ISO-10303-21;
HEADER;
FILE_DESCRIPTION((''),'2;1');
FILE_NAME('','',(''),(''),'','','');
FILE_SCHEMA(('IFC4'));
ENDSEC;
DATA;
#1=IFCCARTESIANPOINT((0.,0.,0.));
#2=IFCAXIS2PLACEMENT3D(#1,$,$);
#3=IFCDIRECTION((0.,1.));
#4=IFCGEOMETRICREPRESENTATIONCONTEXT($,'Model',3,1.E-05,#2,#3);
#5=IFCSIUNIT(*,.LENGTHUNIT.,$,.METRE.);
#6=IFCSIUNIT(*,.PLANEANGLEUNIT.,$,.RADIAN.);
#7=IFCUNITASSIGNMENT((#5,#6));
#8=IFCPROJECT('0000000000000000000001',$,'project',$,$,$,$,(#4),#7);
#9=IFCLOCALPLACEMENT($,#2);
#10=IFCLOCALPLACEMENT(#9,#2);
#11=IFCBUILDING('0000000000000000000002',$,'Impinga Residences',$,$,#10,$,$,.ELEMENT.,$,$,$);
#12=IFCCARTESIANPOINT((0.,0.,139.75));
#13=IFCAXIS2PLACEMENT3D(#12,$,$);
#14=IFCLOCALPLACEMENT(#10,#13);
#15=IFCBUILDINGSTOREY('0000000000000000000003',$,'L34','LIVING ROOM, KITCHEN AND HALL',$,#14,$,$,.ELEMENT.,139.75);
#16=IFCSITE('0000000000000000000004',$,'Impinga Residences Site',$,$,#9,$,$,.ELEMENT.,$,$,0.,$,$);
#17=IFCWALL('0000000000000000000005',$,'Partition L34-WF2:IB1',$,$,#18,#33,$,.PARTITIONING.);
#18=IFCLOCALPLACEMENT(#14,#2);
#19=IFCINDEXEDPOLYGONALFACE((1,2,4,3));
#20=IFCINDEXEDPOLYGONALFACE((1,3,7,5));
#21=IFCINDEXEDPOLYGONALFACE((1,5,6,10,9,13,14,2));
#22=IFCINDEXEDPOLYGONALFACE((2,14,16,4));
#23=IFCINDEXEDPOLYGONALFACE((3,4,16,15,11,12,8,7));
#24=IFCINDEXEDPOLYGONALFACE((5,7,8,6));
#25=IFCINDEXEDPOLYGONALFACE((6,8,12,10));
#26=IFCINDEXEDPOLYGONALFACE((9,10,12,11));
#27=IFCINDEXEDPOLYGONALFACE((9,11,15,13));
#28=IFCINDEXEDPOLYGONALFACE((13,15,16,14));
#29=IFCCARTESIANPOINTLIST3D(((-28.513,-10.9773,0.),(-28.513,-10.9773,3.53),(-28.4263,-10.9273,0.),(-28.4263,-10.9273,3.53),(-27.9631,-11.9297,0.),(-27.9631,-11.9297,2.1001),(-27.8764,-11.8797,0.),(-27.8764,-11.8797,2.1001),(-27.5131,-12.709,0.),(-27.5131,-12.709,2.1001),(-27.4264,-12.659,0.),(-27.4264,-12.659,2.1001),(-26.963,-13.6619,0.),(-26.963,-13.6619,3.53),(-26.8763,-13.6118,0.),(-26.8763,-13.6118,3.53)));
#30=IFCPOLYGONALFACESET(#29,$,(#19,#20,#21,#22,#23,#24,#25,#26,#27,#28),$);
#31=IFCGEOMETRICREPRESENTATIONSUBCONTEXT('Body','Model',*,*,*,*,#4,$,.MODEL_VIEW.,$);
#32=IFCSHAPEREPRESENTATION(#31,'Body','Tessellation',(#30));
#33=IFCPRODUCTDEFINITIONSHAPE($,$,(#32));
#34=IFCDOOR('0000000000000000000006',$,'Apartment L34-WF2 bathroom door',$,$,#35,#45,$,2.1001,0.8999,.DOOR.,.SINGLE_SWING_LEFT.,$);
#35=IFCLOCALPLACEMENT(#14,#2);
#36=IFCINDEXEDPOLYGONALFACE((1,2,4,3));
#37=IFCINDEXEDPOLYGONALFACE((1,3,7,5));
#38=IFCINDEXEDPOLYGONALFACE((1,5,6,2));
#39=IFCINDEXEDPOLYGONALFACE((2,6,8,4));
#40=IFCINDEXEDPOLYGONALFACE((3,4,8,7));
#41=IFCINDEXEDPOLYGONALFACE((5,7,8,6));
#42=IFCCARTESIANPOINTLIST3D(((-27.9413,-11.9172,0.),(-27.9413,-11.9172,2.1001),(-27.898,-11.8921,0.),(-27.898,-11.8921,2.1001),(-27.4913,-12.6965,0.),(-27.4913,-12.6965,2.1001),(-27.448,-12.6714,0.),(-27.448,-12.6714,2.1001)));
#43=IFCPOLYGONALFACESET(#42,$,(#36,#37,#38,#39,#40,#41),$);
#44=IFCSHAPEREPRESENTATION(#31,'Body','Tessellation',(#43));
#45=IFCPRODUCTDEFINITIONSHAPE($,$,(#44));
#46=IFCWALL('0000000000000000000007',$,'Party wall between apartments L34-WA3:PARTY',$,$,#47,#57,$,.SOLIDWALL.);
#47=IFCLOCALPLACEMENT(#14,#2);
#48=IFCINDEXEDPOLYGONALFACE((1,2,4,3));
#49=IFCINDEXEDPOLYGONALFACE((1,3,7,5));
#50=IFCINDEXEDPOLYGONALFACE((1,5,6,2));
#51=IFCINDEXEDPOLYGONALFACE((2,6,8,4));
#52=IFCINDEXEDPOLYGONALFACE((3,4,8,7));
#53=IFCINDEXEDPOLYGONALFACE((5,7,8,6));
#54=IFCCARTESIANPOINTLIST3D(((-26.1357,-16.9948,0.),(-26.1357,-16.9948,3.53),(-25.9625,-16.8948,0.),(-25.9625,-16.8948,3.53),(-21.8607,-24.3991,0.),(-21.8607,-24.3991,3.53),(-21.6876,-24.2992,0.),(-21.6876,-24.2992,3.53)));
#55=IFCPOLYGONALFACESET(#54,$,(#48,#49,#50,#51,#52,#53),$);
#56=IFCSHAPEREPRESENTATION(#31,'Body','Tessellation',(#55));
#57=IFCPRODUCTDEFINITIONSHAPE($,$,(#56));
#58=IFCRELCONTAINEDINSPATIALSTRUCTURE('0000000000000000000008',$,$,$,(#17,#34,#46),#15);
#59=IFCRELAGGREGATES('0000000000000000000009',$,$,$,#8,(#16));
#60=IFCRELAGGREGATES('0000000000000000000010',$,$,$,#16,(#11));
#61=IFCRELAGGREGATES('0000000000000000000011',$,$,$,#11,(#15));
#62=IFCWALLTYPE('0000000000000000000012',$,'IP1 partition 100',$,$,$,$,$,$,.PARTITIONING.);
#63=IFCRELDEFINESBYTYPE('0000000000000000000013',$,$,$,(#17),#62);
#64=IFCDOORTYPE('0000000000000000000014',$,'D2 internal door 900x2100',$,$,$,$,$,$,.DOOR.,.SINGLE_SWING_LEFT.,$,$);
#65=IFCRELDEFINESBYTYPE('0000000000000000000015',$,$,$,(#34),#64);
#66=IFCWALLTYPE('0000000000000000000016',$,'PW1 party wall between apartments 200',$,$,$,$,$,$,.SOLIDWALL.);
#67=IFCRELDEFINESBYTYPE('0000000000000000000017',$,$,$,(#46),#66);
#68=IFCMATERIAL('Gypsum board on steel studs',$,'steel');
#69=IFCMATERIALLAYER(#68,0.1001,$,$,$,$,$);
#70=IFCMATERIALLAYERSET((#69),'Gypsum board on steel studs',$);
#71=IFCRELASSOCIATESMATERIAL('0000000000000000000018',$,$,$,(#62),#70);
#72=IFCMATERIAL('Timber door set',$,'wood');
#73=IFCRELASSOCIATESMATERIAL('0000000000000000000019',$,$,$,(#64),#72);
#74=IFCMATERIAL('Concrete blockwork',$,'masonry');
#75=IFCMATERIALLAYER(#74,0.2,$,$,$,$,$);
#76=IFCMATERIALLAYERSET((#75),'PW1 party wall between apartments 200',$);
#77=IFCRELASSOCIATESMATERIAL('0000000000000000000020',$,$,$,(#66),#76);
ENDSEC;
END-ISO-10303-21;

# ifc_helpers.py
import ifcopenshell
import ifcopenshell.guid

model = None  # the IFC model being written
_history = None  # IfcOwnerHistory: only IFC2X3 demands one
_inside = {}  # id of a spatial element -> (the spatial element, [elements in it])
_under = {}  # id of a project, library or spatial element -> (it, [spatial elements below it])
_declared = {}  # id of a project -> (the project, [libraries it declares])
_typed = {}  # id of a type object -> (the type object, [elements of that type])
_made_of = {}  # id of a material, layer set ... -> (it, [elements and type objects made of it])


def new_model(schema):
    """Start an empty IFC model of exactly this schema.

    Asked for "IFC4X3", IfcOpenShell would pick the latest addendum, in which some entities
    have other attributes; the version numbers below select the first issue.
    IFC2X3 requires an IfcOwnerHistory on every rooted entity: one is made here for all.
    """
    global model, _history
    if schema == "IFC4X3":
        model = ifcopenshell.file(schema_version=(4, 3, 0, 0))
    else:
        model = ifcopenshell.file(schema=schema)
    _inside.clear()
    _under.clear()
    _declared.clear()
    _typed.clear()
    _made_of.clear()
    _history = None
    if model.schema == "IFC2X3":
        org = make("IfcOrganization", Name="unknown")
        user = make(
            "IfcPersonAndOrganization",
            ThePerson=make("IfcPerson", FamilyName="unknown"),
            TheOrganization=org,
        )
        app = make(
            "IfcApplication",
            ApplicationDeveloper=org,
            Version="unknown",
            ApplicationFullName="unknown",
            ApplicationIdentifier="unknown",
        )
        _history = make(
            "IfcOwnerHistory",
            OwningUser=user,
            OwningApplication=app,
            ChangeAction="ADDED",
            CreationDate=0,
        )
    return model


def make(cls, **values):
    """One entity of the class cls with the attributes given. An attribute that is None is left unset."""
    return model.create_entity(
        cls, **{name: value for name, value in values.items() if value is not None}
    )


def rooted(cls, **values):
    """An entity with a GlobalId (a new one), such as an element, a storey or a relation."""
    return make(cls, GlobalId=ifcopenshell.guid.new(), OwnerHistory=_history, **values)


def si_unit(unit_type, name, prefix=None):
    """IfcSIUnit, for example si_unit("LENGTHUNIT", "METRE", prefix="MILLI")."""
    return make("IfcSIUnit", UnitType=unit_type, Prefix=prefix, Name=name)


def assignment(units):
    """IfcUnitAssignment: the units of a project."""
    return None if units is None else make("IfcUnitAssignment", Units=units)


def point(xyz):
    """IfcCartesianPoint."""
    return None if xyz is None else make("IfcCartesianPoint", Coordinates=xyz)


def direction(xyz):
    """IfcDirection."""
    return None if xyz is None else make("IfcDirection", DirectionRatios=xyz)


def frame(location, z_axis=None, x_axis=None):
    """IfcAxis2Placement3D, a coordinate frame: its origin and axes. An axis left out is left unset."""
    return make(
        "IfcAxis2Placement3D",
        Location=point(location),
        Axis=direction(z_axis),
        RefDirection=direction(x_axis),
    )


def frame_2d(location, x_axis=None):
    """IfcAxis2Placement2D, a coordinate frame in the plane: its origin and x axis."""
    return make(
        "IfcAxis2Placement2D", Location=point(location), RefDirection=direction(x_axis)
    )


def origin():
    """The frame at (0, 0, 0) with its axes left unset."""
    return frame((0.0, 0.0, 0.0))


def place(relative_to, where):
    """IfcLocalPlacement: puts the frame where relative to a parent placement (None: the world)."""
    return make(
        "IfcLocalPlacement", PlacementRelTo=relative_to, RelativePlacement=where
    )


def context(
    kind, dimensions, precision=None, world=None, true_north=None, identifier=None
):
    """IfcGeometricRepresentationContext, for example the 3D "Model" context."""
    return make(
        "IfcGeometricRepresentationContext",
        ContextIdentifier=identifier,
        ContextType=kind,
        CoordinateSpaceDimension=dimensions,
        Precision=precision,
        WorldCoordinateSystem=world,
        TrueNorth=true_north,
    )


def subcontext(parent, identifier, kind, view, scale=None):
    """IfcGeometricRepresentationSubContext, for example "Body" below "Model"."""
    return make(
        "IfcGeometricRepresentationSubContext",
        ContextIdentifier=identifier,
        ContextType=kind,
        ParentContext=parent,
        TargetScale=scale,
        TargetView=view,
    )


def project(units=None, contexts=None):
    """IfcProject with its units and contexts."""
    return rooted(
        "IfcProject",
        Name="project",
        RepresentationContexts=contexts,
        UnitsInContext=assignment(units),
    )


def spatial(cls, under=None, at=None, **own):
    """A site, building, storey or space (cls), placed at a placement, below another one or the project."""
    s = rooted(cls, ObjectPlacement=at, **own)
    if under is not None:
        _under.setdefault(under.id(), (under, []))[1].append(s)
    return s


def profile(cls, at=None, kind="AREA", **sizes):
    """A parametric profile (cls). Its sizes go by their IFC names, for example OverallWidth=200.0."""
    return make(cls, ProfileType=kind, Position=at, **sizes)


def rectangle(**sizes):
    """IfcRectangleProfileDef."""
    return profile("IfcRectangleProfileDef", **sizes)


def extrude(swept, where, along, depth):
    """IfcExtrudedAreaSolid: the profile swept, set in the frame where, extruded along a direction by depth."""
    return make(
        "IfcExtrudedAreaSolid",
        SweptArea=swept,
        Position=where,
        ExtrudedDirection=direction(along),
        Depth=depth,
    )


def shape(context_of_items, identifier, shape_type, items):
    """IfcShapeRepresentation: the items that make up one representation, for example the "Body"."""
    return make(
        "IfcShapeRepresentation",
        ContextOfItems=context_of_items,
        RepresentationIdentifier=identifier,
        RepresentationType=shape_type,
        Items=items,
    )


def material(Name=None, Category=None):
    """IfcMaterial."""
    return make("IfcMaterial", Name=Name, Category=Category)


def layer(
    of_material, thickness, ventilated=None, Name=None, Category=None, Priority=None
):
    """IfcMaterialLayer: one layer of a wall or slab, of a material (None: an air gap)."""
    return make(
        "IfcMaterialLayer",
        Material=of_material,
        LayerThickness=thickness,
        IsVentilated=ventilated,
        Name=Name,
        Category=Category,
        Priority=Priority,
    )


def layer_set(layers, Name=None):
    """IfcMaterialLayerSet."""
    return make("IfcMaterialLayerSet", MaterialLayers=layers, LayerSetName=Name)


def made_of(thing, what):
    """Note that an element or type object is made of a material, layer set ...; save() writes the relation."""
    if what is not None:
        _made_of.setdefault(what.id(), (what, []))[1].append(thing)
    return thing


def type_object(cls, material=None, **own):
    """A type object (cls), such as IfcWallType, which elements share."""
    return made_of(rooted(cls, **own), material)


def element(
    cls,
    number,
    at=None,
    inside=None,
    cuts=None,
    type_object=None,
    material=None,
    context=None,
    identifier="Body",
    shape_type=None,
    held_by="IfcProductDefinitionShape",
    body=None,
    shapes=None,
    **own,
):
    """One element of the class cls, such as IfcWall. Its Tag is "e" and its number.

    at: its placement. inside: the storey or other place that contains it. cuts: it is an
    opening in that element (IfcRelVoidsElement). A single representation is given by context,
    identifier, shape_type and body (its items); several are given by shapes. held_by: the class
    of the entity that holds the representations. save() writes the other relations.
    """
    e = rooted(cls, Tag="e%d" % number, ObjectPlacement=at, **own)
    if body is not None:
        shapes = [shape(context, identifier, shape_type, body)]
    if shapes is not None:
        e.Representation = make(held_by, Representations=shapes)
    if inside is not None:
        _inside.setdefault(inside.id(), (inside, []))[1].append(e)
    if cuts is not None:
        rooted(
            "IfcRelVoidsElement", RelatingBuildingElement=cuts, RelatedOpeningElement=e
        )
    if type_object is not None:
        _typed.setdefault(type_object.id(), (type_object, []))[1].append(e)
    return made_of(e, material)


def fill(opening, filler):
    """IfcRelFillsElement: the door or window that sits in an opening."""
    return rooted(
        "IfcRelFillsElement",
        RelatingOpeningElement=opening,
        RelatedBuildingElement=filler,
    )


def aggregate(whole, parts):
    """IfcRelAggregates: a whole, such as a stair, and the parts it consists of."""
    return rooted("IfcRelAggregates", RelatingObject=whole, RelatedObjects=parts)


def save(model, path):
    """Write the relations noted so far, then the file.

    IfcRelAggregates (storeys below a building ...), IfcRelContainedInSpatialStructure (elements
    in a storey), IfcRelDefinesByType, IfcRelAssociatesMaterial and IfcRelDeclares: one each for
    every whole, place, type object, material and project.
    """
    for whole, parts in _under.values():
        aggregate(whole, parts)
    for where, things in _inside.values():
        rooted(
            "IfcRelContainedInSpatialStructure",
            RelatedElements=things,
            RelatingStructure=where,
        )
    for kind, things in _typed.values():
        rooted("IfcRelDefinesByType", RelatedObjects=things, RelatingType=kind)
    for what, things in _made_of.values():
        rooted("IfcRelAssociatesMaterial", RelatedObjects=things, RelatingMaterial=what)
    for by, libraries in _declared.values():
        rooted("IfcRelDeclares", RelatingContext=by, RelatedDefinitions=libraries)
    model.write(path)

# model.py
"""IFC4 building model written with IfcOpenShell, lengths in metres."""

from ifc_helpers import new_model, si_unit, direction, frame, frame_2d, origin, place, context, subcontext, project, spatial, rectangle, extrude, material, layer, layer_set, type_object, element, fill, save


model = new_model("IFC4")

# Units and contexts
model_context = context("Model", 3, precision=1e-05, world=origin(), true_north=direction((0.0, 1.0)))
body_context = subcontext(model_context, "Body", "Model", "MODEL_VIEW")
ifc_project = project(units=[si_unit("LENGTHUNIT", "METRE"), si_unit("PLANEANGLEUNIT", "RADIAN")], contexts=[model_context])

# Site, building, storey
site_placement = place(None, origin())
site = spatial("IfcSite", under=ifc_project, at=site_placement, Name="Impinga Residences Site", CompositionType="ELEMENT", RefElevation=0.0)
building_placement = place(site_placement, origin())
building = spatial("IfcBuilding", under=site, at=building_placement, Name="Impinga Residences", CompositionType="ELEMENT")
storey_placement = place(building_placement, frame((0.0, 0.0, 139.75)))
storey = spatial("IfcBuildingStorey", under=building, at=storey_placement, Name="L34", Description="LIVING ROOM, KITCHEN AND HALL", CompositionType="ELEMENT", Elevation=139.75)

# Shared definitions
ifc_material_1 = material(Name="Gypsum board on steel studs", Category="steel")
ifc_layer_1 = layer(ifc_material_1, 0.1001)
ifc_layer_set_1 = layer_set([ifc_layer_1], Name="Gypsum board on steel studs")
wall_type_1 = type_object("IfcWallType", Name="IP1 partition 100", PredefinedType="PARTITIONING", material=ifc_layer_set_1)

# Shared definitions
ifc_material_2 = material(Name="Timber door set", Category="wood")
door_type = type_object("IfcDoorType", Name="D2 internal door 900x2100", OperationType="SINGLE_SWING_LEFT", PredefinedType="DOOR", material=ifc_material_2)

# Wall, opening, door
wall_1_placement = place(storey_placement, frame((-26.9197, -13.6367, 0.0), z_axis=(0.0, 0.0, 1.0), x_axis=(-0.500027, 0.86601, 0.0)))
wall_1 = element("IfcWall", 1, at=wall_1_placement, inside=storey, type_object=wall_type_1, Name="Partition L34-WF2:IB1", PredefinedType="PARTITIONING", context=body_context, shape_type="SweptSolid", body=[
    extrude(rectangle(XDim=3.0999, YDim=0.1001, at=frame_2d((1.5498, 0.0))), origin(), (0.0, 0.0, 1.0), 3.53),
])
opening_1_placement = place(wall_1_placement, frame((1.1001, 0.0, 0.0)))
opening_1 = element("IfcOpeningElement", 2, at=opening_1_placement, cuts=wall_1, PredefinedType="OPENING", context=body_context, shape_type="SweptSolid", body=[
    extrude(rectangle(XDim=0.8999, YDim=2.1001, at=frame_2d((0.45, 1.05))), frame((0.0, 0.0601, 0.0), z_axis=(0.0, -1.0, 0.0), x_axis=(1.0, 0.0, 0.0)), (0.0, 0.0, 1.0), 0.1201),
])
door_1_placement = place(opening_1_placement, origin())
door_1 = element("IfcDoor", 3, at=door_1_placement, inside=storey, type_object=door_type, Name="Apartment L34-WF2 bathroom door", OperationType="SINGLE_SWING_LEFT", OverallHeight=2.1001, OverallWidth=0.8999, PredefinedType="DOOR", context=body_context, shape_type="SweptSolid", body=[
    extrude(rectangle(XDim=0.8999, YDim=2.1001, at=frame_2d((0.45, 1.05))), frame((0.0, 0.0249, 0.0), z_axis=(0.0, -1.0, 0.0), x_axis=(1.0, 0.0, 0.0)), (0.0, 0.0, 1.0), 0.05),
])
fill(opening_1, door_1)

# Wall
ifc_material_3 = material(Name="Concrete blockwork", Category="masonry")
ifc_layer_2 = layer(ifc_material_3, 0.2)
ifc_layer_set_2 = layer_set([ifc_layer_2], Name="PW1 party wall between apartments 200")
wall_type_2 = type_object("IfcWallType", Name="PW1 party wall between apartments 200", PredefinedType="SOLIDWALL", material=ifc_layer_set_2)
wall_2_placement = place(storey_placement, frame((-26.0491, -16.9448, 0.0), z_axis=(0.0, 0.0, 1.0), x_axis=(0.500003, -0.866024, 0.0)))
element("IfcWall", 4, at=wall_2_placement, inside=storey, type_object=wall_type_2, Name="Party wall between apartments L34-WA3:PARTY", PredefinedType="SOLIDWALL", context=body_context, shape_type="SweptSolid", body=[
    extrude(rectangle(XDim=8.5498, YDim=0.2, at=frame_2d((4.2749, 0.0))), origin(), (0.0, 0.0, 1.0), 3.53),
])

save(model, "model.ifc")
